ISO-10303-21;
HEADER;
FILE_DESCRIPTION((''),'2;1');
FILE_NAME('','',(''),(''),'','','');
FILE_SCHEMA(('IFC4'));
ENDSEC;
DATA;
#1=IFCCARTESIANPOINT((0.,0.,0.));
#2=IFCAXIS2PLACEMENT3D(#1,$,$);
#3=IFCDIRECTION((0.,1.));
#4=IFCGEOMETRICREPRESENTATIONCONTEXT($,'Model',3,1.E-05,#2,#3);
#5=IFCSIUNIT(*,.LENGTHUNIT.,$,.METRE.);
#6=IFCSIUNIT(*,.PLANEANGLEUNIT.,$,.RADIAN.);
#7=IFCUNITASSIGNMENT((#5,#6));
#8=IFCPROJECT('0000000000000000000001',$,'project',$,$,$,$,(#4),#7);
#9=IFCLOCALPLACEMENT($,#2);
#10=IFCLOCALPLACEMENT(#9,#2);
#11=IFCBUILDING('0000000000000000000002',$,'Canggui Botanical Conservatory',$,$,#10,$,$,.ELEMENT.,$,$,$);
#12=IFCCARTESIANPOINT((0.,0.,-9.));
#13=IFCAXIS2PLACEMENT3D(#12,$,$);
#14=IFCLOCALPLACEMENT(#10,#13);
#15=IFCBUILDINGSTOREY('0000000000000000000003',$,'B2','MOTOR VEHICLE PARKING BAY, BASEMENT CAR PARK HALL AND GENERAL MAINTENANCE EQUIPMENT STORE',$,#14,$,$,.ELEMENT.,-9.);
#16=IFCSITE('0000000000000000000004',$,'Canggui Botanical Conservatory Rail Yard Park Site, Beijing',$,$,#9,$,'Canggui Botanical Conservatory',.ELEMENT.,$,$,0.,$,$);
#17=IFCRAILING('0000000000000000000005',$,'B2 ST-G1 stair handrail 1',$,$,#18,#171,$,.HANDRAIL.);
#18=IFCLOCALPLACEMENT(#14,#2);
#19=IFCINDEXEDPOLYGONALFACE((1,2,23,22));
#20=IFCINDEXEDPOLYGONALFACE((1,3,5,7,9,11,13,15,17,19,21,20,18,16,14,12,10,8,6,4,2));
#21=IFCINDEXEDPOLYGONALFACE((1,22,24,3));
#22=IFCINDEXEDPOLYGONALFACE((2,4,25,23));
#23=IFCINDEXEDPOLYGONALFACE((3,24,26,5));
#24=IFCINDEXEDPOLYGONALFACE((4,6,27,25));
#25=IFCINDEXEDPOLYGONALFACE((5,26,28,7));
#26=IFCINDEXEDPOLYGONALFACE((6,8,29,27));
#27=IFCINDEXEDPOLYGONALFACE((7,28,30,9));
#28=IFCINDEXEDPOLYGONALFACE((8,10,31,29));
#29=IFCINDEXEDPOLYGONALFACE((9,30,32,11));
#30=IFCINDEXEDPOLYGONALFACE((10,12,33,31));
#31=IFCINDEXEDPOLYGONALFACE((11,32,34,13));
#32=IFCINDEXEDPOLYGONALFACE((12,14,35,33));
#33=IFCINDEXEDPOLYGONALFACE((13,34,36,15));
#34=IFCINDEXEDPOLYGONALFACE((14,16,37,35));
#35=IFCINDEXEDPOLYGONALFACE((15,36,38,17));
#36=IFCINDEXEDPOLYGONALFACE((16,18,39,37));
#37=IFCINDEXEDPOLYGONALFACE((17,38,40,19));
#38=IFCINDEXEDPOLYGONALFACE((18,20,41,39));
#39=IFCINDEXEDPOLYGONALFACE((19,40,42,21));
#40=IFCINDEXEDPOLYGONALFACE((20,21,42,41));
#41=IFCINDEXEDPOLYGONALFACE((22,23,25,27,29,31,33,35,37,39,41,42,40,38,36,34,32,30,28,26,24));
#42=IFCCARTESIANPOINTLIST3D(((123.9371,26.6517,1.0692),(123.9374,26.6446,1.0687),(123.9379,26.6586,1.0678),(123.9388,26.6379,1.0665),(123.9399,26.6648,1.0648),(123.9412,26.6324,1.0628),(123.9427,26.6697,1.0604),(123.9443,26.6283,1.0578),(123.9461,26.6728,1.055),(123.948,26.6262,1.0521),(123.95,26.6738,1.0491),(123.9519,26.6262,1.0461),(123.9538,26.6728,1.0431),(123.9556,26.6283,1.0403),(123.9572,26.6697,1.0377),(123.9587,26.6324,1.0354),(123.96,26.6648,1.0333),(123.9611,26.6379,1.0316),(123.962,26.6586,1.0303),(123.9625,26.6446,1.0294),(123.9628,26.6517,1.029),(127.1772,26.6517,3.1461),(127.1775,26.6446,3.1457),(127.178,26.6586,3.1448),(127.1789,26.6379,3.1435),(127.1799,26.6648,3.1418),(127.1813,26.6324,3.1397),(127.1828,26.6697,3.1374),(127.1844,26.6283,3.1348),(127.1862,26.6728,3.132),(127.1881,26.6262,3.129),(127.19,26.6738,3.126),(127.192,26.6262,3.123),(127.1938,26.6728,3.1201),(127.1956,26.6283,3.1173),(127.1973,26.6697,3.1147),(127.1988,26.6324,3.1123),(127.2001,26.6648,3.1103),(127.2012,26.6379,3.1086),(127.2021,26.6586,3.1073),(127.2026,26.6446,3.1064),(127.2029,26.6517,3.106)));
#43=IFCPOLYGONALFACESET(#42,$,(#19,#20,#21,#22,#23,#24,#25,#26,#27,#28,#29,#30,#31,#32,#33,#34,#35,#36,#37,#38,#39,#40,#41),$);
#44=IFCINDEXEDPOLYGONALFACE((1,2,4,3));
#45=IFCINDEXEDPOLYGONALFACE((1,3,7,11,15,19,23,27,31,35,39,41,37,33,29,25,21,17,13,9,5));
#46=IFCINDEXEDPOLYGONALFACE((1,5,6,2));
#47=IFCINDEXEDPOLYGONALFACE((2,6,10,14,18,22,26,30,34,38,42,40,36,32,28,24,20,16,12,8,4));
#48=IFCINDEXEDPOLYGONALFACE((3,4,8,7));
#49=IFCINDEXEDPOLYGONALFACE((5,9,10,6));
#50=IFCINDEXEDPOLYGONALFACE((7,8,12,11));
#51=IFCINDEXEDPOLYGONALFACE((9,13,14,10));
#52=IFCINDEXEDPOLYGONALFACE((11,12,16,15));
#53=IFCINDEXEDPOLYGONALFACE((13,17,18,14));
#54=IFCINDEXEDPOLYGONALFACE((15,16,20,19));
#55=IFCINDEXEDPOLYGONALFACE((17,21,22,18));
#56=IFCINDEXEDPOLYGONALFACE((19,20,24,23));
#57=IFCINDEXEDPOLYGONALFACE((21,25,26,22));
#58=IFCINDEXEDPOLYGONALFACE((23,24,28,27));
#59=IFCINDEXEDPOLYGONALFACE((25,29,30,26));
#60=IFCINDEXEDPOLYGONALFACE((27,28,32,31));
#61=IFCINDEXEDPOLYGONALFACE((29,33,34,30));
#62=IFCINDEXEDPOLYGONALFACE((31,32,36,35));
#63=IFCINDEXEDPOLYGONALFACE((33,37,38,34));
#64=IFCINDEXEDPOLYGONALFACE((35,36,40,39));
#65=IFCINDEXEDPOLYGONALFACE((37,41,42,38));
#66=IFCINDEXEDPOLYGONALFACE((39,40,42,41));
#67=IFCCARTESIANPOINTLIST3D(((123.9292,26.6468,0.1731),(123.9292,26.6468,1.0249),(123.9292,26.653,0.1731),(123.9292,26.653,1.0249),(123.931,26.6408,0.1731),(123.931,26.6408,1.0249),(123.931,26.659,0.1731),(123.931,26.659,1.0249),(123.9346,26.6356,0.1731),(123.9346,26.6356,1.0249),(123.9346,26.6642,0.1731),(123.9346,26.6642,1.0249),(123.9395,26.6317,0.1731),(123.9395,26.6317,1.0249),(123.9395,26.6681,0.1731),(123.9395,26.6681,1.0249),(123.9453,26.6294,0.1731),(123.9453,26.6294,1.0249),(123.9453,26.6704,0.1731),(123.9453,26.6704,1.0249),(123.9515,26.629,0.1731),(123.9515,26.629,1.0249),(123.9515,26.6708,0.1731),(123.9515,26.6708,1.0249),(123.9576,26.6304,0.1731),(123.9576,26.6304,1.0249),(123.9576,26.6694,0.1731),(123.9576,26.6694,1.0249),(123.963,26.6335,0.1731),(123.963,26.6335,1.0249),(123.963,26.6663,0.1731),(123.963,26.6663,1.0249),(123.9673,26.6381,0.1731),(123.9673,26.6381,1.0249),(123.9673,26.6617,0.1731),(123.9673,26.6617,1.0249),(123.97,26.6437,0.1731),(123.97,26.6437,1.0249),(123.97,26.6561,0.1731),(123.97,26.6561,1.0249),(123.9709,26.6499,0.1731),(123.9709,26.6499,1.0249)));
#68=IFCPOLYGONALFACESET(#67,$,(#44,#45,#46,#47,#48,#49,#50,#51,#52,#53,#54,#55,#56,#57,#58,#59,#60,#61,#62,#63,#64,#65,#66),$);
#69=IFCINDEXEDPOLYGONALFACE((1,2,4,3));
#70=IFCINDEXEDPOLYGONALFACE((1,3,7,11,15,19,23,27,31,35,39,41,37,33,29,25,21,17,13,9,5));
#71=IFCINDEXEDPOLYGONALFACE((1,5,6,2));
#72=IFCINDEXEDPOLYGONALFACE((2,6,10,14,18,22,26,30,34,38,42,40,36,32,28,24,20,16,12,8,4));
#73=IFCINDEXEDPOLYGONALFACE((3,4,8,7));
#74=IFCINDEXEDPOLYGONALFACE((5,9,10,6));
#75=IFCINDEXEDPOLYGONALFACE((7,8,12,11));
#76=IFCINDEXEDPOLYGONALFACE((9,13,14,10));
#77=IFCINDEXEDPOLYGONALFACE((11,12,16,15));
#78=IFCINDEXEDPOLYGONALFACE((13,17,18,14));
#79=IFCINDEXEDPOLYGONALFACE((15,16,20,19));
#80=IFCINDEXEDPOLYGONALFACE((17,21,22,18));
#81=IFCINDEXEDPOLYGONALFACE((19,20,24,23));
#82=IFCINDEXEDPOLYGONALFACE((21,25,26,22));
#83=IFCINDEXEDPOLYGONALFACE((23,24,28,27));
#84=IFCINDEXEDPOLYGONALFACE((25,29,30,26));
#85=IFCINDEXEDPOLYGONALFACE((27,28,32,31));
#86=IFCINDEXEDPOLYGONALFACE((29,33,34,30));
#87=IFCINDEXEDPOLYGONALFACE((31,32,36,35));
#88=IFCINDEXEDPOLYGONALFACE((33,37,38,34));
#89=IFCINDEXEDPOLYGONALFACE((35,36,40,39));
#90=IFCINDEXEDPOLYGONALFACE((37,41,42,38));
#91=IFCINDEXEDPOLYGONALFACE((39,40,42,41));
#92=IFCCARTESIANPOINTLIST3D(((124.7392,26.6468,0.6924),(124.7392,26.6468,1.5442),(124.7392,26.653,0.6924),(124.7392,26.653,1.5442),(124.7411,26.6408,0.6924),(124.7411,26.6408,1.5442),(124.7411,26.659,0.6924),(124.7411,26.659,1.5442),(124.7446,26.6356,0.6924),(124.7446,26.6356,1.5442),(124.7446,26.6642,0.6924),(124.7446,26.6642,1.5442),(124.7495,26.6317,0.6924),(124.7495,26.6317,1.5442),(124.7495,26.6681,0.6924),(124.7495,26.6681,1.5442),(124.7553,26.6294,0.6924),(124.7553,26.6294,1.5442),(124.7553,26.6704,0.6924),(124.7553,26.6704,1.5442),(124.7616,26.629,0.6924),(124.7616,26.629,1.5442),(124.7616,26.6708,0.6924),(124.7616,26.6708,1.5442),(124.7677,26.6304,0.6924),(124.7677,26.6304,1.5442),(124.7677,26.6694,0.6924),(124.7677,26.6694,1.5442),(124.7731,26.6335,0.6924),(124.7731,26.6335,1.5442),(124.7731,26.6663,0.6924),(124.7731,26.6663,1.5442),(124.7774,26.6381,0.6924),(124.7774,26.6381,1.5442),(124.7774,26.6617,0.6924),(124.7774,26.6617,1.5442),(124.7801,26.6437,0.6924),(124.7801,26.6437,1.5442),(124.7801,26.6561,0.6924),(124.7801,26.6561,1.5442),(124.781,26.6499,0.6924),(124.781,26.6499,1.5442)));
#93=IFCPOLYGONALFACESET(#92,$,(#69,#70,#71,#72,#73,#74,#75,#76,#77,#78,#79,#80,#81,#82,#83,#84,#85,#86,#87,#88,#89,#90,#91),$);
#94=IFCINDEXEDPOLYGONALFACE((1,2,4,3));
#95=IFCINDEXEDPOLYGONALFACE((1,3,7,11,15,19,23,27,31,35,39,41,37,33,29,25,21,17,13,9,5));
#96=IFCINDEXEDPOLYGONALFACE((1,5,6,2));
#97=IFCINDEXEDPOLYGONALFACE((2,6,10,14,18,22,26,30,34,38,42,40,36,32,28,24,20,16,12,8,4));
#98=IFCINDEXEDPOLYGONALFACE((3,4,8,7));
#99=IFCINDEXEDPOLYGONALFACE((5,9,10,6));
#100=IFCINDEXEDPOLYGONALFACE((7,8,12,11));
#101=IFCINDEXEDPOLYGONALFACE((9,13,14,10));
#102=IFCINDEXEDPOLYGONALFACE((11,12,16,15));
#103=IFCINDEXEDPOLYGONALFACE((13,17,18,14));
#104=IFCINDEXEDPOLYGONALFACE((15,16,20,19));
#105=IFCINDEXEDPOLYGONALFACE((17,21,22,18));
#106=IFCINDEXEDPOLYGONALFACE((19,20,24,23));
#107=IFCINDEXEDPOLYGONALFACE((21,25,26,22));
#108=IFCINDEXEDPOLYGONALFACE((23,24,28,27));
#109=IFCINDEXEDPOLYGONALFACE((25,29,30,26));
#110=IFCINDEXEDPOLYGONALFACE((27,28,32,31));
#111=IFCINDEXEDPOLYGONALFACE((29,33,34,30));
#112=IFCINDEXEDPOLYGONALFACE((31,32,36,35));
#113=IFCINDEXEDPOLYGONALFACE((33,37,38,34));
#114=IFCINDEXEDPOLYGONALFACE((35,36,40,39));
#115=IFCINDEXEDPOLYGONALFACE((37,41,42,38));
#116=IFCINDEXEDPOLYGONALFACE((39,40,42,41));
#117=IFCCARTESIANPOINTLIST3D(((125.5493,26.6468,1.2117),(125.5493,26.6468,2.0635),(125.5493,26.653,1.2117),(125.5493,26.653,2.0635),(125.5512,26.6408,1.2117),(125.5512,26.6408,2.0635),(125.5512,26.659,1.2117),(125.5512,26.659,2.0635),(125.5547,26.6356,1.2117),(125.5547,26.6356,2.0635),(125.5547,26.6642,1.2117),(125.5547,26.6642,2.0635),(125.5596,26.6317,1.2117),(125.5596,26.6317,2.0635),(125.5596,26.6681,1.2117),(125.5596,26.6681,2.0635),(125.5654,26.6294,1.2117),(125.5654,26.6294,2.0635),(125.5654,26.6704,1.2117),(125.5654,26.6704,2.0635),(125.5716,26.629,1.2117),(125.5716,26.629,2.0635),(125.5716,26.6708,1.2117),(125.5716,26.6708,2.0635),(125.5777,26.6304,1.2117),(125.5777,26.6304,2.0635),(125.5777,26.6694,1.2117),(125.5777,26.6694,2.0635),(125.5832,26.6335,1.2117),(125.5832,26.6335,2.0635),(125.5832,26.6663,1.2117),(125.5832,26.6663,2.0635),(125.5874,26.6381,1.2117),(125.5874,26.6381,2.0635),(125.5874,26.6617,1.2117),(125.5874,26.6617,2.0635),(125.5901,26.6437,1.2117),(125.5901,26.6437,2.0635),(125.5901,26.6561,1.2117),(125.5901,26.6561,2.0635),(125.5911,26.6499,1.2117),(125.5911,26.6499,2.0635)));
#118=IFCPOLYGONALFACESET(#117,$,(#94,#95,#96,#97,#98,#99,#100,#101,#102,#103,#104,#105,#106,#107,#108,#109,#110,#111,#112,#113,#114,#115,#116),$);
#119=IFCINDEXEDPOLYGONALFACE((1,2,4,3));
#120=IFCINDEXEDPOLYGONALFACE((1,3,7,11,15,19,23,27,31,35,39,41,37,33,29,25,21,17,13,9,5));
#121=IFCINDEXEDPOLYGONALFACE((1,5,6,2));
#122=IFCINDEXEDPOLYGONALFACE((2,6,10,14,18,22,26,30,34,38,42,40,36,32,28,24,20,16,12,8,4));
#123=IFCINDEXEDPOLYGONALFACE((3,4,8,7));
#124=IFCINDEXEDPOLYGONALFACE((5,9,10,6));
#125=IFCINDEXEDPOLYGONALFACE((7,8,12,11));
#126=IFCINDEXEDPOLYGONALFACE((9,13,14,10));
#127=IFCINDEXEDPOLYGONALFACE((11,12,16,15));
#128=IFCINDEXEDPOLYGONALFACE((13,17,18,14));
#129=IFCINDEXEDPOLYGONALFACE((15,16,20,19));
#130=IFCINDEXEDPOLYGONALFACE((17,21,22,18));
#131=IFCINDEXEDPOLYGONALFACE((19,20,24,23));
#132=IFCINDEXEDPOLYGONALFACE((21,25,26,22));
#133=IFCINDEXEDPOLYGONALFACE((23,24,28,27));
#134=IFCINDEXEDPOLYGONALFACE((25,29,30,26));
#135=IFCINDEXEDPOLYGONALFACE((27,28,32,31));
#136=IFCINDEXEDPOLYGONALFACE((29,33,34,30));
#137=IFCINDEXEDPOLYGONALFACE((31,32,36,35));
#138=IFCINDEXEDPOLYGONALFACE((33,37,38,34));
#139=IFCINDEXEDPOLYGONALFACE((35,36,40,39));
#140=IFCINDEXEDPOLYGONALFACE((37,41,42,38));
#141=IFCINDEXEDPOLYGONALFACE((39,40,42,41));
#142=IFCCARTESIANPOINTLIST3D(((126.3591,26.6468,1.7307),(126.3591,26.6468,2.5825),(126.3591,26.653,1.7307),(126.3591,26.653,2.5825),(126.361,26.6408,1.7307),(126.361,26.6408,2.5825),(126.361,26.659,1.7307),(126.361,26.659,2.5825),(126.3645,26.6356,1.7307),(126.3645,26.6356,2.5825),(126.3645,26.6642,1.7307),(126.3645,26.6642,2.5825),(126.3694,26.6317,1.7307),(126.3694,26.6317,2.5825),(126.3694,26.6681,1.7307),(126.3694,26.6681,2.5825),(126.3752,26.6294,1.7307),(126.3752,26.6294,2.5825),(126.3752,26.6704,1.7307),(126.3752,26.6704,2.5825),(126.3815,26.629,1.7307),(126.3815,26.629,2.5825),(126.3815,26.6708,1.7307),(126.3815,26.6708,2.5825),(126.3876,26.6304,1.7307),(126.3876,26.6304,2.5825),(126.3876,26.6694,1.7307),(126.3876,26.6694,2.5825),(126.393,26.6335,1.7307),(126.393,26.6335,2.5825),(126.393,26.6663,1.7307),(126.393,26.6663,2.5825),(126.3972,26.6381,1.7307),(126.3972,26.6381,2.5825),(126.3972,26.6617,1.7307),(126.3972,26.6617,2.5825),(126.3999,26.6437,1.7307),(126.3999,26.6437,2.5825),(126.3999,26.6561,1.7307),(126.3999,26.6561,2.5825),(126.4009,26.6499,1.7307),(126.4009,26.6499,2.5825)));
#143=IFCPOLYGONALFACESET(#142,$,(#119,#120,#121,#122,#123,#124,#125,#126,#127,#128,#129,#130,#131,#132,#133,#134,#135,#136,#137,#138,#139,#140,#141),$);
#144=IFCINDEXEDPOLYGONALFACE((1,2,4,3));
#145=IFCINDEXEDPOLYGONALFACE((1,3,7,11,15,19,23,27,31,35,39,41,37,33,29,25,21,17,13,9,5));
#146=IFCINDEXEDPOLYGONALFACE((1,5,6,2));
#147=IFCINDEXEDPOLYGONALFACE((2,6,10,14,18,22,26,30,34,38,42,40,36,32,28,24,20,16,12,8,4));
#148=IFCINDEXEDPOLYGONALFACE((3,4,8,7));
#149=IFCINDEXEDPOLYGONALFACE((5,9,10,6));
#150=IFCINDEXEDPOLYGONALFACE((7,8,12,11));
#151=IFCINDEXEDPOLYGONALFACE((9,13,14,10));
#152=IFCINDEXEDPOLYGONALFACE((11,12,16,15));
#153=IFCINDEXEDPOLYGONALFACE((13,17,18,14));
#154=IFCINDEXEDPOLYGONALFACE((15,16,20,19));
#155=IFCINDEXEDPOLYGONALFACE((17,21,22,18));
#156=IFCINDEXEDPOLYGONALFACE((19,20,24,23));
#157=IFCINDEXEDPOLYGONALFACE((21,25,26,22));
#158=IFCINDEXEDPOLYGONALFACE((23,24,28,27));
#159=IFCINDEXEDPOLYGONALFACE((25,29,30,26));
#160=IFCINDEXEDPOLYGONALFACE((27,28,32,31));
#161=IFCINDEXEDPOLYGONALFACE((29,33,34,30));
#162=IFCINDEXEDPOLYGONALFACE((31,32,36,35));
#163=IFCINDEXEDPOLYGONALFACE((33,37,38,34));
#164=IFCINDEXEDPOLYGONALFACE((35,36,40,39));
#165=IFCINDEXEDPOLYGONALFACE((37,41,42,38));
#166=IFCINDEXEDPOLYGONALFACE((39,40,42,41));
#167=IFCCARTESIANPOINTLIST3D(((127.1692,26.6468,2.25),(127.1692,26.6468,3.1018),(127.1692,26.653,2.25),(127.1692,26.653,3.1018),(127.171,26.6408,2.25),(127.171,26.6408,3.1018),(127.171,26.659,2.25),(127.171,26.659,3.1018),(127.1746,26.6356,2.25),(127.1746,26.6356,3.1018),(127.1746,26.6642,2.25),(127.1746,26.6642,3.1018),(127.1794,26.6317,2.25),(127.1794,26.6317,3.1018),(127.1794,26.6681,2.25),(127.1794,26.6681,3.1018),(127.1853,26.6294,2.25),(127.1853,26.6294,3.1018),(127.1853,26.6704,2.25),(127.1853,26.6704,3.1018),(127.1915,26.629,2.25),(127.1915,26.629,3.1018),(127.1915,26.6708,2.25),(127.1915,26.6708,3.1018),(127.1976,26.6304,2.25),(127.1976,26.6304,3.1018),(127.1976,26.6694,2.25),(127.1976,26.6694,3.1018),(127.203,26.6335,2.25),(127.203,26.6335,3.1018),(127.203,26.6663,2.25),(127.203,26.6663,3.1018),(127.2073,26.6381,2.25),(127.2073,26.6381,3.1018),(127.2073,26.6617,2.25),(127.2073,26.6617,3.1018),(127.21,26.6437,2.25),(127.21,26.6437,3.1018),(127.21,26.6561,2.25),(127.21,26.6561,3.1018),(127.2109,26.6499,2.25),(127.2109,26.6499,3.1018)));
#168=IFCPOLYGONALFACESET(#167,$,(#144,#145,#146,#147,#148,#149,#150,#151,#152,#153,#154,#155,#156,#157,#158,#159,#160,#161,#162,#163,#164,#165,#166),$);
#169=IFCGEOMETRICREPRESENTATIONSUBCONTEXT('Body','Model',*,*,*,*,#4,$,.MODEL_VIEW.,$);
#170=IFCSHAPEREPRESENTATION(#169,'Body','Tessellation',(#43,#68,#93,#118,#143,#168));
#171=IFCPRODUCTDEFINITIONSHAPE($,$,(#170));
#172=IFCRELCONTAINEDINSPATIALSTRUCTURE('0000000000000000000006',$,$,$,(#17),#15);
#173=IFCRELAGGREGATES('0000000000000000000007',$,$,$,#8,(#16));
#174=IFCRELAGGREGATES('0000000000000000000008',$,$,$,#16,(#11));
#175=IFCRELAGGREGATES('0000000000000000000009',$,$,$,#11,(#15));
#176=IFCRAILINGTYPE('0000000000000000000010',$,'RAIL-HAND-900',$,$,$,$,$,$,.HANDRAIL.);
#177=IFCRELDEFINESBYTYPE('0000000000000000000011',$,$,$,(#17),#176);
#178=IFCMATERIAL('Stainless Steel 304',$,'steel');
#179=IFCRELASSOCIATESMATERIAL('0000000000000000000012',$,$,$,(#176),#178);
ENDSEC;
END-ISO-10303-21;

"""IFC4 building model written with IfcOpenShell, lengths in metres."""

from ifc_helpers import new_model, si_unit, direction, frame, origin, origin_2d, place, context, subcontext, project, spatial, circle, extrude, material, type_object, element, save


model = new_model("IFC4")

# Units and contexts
model_context = context("Model", 3, precision=1e-05, world=origin(), true_north=direction((0.0, 1.0)))
body_context = subcontext(model_context, "Body", "Model", "MODEL_VIEW")
ifc_project = project(units=[si_unit("LENGTHUNIT", "METRE"), si_unit("PLANEANGLEUNIT", "RADIAN")], contexts=[model_context])

# Site, building, storey
site_placement = place(None, origin())
site = spatial("IfcSite", under=ifc_project, at=site_placement, Name="Canggui Botanical Conservatory Rail Yard Park Site, Beijing", LongName="Canggui Botanical Conservatory", CompositionType="ELEMENT", RefElevation=0.0)
building_placement = place(site_placement, origin())
building = spatial("IfcBuilding", under=site, at=building_placement, Name="Canggui Botanical Conservatory", CompositionType="ELEMENT")
storey_placement = place(building_placement, frame((0.0, 0.0, -9.0)))
storey = spatial("IfcBuildingStorey", under=building, at=storey_placement, Name="B2", Description="MOTOR VEHICLE PARKING BAY, BASEMENT CAR PARK HALL AND GENERAL MAINTENANCE EQUIPMENT STORE", CompositionType="ELEMENT", Elevation=-9.0)

# Railing
ifc_material_1 = material(Name="Stainless Steel 304", Category="steel")
railing_type_1 = type_object("IfcRailingType", Name="RAIL-HAND-900", PredefinedType="HANDRAIL", material=ifc_material_1)
for number, where, name in (
    (1, (123.95, 26.6499, 0.1731), "B2 ST-G1 stair handrail 1"),
):
    element("IfcRailing", number, at=place(storey_placement, frame(where)), inside=storey, type_object=railing_type_1, Name=name, PredefinedType="HANDRAIL", context=body_context, shape_type="SweptSolid", body=[
        extrude(circle(Radius=0.0239, at=origin_2d()), frame((0.0, 0.0, 0.876), z_axis=(0.841881, 0.0, 0.539664), x_axis=(0.0, 1.0, 0.0)), (0.0, 0.0, 1.0), 3.8486),
        extrude(circle(Radius=0.021, at=origin_2d()), origin(), (0.0, 0.0, 1.0), 0.8518),
        extrude(circle(Radius=0.021, at=origin_2d()), frame((0.8101, 0.0, 0.5193)), (0.0, 0.0, 1.0), 0.8518),
        extrude(circle(Radius=0.021, at=origin_2d()), frame((1.6201, 0.0, 1.0386)), (0.0, 0.0, 1.0), 0.8518),
        extrude(circle(Radius=0.021, at=origin_2d()), frame((2.4299, 0.0, 1.5576)), (0.0, 0.0, 1.0), 0.8518),
        extrude(circle(Radius=0.021, at=origin_2d()), frame((3.24, 0.0, 2.0769)), (0.0, 0.0, 1.0), 0.8518),
    ])

save(model, "model.ifc")
